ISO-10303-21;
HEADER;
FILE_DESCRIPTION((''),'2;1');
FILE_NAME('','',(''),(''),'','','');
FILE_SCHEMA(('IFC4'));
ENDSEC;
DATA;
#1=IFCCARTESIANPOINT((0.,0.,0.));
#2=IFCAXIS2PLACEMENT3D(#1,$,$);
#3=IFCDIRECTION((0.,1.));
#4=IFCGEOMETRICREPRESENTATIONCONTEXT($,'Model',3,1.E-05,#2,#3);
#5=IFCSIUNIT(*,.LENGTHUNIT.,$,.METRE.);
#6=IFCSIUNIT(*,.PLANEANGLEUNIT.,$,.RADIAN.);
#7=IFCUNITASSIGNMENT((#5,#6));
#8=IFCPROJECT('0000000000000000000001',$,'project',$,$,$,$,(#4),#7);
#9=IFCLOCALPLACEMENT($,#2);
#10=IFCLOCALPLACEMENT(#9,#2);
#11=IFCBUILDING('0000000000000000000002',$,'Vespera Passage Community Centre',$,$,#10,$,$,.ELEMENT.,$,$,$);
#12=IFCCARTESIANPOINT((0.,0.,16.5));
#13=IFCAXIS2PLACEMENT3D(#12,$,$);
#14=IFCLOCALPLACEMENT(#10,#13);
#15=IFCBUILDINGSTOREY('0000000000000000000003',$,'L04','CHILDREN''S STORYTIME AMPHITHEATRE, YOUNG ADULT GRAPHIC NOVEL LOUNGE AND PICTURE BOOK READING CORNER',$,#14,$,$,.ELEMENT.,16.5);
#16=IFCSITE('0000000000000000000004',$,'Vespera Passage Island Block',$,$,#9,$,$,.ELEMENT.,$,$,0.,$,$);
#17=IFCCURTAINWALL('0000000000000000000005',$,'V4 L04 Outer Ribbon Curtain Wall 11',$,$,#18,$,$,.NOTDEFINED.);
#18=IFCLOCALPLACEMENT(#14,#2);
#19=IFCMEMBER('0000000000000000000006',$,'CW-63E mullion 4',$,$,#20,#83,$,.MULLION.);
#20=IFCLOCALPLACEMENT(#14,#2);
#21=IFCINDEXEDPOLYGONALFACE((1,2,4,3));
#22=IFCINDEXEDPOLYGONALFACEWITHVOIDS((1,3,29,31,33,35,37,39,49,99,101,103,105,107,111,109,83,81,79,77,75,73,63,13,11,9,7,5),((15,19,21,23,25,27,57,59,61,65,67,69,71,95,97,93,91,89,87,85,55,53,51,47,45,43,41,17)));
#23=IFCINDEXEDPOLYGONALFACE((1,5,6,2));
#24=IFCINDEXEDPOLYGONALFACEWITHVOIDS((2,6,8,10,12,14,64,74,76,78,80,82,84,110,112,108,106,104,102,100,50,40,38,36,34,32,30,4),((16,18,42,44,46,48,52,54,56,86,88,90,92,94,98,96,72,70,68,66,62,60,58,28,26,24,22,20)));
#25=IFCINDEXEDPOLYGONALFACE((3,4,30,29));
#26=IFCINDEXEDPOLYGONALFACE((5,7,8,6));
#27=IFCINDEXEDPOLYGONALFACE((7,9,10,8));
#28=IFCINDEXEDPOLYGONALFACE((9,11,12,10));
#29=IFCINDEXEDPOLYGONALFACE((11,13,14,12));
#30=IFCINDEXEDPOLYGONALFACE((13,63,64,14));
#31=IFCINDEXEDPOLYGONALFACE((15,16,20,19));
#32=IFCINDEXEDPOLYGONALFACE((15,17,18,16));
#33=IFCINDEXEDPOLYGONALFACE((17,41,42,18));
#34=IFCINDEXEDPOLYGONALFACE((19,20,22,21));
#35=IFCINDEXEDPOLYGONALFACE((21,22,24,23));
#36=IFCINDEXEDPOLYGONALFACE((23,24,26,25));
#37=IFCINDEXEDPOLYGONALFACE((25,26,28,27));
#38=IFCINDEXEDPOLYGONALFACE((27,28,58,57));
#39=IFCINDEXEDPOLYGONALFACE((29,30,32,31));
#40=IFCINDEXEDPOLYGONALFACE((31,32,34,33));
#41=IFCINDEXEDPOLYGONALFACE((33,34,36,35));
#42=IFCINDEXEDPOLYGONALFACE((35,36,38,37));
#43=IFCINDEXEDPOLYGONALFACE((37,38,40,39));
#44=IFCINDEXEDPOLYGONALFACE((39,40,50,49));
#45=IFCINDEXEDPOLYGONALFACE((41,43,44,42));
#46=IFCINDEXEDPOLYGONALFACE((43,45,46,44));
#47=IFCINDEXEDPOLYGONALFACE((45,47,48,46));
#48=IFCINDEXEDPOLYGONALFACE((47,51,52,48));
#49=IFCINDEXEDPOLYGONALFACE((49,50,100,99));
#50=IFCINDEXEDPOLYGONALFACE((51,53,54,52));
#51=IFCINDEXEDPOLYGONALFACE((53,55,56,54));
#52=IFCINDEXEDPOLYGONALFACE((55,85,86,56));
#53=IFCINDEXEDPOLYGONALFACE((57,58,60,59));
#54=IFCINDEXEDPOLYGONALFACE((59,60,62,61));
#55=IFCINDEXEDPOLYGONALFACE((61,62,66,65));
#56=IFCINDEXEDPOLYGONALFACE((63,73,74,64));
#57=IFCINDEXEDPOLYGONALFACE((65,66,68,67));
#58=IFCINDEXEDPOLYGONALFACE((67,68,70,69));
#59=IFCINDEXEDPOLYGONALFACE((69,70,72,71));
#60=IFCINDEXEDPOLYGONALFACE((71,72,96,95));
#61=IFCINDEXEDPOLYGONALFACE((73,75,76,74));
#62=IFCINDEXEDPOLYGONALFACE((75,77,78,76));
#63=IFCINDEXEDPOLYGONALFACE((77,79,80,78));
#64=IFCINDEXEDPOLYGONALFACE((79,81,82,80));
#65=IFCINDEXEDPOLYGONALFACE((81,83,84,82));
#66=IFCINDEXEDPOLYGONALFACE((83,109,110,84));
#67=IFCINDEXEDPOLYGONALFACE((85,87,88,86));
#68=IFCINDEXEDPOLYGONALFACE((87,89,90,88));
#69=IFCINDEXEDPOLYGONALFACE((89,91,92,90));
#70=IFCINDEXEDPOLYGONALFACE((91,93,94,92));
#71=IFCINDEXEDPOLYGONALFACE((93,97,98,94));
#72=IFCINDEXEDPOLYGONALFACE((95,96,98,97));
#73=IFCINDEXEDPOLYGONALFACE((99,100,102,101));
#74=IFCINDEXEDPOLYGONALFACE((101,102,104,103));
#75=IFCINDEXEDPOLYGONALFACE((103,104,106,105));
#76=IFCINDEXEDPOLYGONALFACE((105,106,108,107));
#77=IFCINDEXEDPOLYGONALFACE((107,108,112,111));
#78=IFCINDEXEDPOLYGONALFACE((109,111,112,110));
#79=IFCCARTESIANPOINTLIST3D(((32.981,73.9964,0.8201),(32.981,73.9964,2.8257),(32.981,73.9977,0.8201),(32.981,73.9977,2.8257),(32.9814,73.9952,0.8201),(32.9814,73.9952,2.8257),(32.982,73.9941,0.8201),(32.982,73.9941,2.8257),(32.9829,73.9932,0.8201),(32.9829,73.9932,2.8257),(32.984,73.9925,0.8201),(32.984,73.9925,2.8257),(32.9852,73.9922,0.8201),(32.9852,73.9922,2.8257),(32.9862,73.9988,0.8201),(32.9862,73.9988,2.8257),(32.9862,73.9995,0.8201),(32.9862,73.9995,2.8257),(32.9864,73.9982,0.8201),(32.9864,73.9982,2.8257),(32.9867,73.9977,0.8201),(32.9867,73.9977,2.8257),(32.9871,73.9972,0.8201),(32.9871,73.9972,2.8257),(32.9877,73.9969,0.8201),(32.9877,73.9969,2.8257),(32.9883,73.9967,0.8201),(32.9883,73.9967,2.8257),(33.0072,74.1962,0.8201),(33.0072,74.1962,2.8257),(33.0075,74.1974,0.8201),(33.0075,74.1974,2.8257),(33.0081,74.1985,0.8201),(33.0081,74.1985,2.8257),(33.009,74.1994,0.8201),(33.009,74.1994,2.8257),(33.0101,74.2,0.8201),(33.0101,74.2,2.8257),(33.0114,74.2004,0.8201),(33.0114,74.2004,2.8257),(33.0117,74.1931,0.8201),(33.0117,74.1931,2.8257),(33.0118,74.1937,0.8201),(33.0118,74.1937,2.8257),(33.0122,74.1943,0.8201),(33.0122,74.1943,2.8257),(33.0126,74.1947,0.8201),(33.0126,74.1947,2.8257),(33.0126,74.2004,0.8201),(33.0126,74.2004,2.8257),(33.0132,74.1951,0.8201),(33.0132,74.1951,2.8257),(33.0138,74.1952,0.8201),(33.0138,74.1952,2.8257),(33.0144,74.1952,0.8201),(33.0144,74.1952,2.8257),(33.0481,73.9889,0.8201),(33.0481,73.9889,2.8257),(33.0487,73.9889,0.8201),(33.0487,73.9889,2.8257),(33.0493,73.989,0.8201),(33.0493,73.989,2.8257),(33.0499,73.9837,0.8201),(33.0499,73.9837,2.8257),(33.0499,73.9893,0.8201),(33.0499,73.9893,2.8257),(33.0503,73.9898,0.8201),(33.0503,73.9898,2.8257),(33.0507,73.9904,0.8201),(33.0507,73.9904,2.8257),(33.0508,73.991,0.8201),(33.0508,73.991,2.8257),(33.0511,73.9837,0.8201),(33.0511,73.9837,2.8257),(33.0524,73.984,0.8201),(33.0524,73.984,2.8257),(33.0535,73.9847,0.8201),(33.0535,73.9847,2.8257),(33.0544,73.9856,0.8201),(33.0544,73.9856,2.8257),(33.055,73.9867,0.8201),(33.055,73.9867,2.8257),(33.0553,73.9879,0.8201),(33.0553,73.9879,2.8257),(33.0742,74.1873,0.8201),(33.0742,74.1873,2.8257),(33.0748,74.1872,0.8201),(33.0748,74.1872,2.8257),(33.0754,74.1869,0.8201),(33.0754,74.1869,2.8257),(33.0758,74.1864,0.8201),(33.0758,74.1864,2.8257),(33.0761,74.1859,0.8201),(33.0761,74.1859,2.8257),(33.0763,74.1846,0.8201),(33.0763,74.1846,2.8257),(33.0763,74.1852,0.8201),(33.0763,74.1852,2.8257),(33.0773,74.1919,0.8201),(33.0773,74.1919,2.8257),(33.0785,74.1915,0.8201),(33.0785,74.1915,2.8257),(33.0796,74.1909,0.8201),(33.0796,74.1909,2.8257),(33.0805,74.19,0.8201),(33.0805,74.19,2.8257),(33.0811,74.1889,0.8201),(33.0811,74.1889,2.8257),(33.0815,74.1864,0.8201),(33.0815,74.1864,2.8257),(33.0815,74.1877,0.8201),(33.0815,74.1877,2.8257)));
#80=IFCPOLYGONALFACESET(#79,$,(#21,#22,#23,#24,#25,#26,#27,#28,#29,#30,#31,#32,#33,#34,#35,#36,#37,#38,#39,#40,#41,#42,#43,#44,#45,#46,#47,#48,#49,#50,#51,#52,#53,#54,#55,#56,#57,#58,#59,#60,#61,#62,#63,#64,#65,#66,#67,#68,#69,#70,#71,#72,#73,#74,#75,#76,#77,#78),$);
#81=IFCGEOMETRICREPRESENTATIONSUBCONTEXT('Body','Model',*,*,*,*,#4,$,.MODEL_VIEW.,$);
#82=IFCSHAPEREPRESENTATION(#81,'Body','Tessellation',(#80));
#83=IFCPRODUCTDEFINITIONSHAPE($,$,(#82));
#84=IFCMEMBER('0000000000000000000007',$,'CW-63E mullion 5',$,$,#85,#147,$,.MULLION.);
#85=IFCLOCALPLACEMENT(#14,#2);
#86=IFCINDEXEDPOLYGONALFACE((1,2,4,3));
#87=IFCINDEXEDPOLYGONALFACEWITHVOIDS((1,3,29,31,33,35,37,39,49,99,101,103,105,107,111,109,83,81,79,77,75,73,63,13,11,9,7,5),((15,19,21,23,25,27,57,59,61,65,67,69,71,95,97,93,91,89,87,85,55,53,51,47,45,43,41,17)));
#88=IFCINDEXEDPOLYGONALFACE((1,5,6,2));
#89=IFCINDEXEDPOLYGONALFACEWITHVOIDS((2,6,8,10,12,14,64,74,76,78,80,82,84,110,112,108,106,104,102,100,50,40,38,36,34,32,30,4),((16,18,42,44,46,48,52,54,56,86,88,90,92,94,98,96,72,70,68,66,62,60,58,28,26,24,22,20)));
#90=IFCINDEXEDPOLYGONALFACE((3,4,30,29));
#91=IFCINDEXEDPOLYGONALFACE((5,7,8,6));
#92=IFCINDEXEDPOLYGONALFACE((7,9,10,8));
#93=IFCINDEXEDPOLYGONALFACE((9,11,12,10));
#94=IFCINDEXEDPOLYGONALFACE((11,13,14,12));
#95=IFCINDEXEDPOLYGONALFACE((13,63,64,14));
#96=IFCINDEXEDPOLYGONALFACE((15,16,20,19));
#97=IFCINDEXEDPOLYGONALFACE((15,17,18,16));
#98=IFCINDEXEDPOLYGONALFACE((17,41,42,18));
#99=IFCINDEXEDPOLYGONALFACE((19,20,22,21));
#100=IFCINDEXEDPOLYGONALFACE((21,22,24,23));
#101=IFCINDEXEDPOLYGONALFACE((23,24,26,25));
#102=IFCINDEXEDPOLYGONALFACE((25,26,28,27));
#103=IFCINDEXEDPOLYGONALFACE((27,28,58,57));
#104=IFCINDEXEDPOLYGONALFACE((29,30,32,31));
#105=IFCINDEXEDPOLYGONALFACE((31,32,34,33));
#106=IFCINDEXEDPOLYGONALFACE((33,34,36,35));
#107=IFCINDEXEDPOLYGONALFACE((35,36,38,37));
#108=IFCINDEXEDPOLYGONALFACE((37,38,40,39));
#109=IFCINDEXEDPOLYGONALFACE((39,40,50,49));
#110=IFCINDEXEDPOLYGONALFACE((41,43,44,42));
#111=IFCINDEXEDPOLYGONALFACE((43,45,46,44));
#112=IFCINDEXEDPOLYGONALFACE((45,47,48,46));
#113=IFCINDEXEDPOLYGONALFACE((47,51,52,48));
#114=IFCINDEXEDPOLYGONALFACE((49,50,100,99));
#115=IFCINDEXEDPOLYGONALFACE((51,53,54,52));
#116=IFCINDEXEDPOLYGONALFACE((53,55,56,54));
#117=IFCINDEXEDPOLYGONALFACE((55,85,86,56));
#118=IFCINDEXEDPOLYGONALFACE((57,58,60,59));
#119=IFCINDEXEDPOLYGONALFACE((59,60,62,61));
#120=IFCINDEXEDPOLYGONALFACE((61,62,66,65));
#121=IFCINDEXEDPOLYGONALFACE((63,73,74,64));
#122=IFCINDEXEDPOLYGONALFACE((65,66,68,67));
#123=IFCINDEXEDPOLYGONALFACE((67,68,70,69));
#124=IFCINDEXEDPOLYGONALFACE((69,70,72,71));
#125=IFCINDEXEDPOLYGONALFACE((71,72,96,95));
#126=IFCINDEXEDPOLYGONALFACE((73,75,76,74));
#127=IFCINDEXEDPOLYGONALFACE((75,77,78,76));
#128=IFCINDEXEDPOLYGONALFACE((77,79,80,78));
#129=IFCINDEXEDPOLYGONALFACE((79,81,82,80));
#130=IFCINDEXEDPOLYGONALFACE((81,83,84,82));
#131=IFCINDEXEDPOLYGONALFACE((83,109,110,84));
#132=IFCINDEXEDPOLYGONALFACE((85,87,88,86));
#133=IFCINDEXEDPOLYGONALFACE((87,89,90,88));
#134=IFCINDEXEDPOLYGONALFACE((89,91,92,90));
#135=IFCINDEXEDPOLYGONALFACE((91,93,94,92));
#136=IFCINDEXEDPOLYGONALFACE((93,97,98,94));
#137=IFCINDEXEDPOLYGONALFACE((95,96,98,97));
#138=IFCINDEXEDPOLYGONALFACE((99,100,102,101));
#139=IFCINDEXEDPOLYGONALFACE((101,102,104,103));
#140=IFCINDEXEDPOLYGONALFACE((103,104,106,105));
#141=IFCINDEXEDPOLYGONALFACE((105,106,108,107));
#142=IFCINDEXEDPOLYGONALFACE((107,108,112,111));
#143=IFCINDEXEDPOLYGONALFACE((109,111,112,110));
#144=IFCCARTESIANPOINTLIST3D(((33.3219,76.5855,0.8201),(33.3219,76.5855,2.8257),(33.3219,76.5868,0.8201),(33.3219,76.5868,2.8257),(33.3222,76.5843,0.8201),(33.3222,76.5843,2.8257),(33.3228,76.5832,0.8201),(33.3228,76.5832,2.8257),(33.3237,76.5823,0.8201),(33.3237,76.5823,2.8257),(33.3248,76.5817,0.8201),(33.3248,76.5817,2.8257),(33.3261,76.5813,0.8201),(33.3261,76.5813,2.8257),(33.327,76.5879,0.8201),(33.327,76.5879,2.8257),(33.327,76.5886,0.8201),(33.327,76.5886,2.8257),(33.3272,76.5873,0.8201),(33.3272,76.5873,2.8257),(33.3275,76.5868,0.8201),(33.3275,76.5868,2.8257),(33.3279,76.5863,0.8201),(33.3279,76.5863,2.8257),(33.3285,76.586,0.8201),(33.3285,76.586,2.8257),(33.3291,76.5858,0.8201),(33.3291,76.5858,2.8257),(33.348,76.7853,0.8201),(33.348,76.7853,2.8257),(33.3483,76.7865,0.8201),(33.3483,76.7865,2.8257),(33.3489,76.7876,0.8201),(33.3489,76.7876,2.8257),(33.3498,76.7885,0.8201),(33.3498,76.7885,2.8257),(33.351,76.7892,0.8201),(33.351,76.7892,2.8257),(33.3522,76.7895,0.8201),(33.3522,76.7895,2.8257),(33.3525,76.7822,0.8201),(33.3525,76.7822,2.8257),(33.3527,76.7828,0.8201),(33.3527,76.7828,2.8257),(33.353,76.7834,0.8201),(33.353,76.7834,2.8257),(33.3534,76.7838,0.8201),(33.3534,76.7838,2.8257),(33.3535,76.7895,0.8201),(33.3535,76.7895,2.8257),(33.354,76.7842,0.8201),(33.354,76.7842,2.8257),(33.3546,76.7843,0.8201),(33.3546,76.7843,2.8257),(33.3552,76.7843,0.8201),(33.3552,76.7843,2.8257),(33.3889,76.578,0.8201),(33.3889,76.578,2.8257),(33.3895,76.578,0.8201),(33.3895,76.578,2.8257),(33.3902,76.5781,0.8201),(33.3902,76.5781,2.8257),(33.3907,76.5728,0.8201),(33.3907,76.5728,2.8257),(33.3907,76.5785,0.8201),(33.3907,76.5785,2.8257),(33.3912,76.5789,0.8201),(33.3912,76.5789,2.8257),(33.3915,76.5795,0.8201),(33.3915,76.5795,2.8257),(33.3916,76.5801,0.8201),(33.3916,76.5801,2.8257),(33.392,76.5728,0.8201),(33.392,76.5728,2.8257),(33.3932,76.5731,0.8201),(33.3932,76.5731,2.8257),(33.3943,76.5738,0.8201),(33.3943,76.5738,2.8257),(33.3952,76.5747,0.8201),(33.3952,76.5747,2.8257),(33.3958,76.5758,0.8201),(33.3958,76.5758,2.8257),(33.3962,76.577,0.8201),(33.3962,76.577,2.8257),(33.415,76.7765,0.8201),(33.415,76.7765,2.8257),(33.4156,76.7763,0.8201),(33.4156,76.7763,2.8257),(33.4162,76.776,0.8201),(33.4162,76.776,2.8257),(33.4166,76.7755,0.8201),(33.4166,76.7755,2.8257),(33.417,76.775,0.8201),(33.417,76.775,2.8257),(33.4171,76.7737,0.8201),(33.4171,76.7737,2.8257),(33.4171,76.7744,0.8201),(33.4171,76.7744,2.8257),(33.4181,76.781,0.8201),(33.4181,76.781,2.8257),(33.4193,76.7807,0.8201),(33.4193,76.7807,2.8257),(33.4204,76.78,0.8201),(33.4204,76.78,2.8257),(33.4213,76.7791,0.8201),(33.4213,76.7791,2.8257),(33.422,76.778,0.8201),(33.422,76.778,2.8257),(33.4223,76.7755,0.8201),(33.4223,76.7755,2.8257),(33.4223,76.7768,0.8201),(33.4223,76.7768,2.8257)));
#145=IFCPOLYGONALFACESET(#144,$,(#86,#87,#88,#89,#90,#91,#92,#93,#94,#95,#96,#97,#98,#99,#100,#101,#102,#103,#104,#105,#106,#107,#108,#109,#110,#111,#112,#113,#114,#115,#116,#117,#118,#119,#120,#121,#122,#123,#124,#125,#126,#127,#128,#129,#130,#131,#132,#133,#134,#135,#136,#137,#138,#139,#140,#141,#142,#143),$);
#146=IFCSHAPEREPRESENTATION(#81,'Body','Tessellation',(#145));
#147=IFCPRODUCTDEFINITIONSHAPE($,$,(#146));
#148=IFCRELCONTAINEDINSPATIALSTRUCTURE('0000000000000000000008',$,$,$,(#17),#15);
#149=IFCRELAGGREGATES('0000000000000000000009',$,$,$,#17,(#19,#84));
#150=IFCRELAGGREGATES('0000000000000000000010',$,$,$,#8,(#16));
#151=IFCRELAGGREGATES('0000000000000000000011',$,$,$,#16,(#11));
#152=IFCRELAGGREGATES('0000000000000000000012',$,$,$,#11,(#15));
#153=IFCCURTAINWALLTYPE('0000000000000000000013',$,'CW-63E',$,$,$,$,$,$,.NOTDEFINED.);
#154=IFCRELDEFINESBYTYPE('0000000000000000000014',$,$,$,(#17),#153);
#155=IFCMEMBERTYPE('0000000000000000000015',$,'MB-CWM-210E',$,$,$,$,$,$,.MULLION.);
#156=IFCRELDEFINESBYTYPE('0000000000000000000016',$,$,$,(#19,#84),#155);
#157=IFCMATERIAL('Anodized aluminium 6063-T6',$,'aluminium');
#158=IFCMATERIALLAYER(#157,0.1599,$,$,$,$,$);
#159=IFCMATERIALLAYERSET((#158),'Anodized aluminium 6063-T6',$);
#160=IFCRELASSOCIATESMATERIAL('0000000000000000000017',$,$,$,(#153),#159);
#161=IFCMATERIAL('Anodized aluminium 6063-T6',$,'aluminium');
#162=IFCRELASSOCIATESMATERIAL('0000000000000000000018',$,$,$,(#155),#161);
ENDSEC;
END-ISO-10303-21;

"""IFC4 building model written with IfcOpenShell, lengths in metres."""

from ifc_helpers import new_model, si_unit, direction, frame, origin, origin_2d, place, context, subcontext, project, spatial, hollow_rectangle, extrude, material, layer, layer_set, material_profile, profile_set, type_object, element, aggregate, save


model = new_model("IFC4")

# Units and contexts
model_context = context("Model", 3, precision=1e-05, world=origin(), true_north=direction((0.0, 1.0)))
body_context = subcontext(model_context, "Body", "Model", "MODEL_VIEW")
ifc_project = project(units=[si_unit("LENGTHUNIT", "METRE"), si_unit("PLANEANGLEUNIT", "RADIAN")], contexts=[model_context])

# Site, building, storey
site_placement = place(None, origin())
site = spatial("IfcSite", under=ifc_project, at=site_placement, Name="Vespera Passage Island Block", CompositionType="ELEMENT", RefElevation=0.0)
building_placement = place(site_placement, origin())
building = spatial("IfcBuilding", under=site, at=building_placement, Name="Vespera Passage Community Centre", CompositionType="ELEMENT")
storey_placement = place(building_placement, frame((0.0, 0.0, 16.5)))
storey = spatial("IfcBuildingStorey", under=building, at=storey_placement, Name="L04", Description="CHILDREN'S STORYTIME AMPHITHEATRE, YOUNG ADULT GRAPHIC NOVEL LOUNGE AND PICTURE BOOK READING CORNER", CompositionType="ELEMENT", Elevation=16.5)

# Curtain wall, members
ifc_material_1 = material(Name="Anodized aluminium 6063-T6", Category="aluminium")
ifc_layer_1 = layer(ifc_material_1, 0.1599)
ifc_layer_set_1 = layer_set([ifc_layer_1], Name="Anodized aluminium 6063-T6")
curtain_wall_type_1 = type_object("IfcCurtainWallType", Name="CW-63E", PredefinedType="NOTDEFINED", material=ifc_layer_set_1)
curtain_wall_1_placement = place(storey_placement, origin())
curtain_wall_1 = element("IfcCurtainWall", 1, at=curtain_wall_1_placement, inside=storey, type_object=curtain_wall_type_1, Name="V4 L04 Outer Ribbon Curtain Wall 11", PredefinedType="NOTDEFINED")
ifc_material_2 = material(Name="Anodized aluminium 6063-T6", Category="aluminium")
ifc_material_profile_1 = material_profile(ifc_material_2, hollow_rectangle(XDim=0.075, YDim=0.21, WallThickness=0.0049, InnerFilletRadius=0.0024, OuterFilletRadius=0.0049, at=origin_2d()), Name="ALU210X75X5")
ifc_profile_set_1 = profile_set([ifc_material_profile_1], Name="Anodized aluminium 6063-T6")
member_type_1 = type_object("IfcMemberType", Name="MB-CWM-210E", PredefinedType="MULLION", material=ifc_profile_set_1)
member_1_placement = place(storey_placement, frame((33.0312, 74.092, 0.8201), z_axis=(0.0, 0.0, 1.0), x_axis=(-0.991445, 0.130523, 0.0)))
member_1 = element("IfcMember", 2, at=member_1_placement, type_object=member_type_1, Name="CW-63E mullion 4", PredefinedType="MULLION", context=body_context, shape_type="SweptSolid", body=[
    extrude(hollow_rectangle(XDim=0.075, YDim=0.21, WallThickness=0.0049, InnerFilletRadius=0.0024, OuterFilletRadius=0.0049, at=origin_2d()), origin(), (0.0, 0.0, 1.0), 2.0056),
])
member_2_placement = place(storey_placement, frame((33.3721, 76.6812, 0.8201), z_axis=(0.0, 0.0, 1.0), x_axis=(-0.991445, 0.130523, 0.0)))
member_2 = element("IfcMember", 3, at=member_2_placement, type_object=member_type_1, Name="CW-63E mullion 5", PredefinedType="MULLION", context=body_context, shape_type="SweptSolid", body=[
    extrude(hollow_rectangle(XDim=0.075, YDim=0.21, WallThickness=0.0049, InnerFilletRadius=0.0024, OuterFilletRadius=0.0049, at=origin_2d()), origin(), (0.0, 0.0, 1.0), 2.0056),
])

aggregate(curtain_wall_1, [member_1, member_2])

save(model, "model.ifc")
